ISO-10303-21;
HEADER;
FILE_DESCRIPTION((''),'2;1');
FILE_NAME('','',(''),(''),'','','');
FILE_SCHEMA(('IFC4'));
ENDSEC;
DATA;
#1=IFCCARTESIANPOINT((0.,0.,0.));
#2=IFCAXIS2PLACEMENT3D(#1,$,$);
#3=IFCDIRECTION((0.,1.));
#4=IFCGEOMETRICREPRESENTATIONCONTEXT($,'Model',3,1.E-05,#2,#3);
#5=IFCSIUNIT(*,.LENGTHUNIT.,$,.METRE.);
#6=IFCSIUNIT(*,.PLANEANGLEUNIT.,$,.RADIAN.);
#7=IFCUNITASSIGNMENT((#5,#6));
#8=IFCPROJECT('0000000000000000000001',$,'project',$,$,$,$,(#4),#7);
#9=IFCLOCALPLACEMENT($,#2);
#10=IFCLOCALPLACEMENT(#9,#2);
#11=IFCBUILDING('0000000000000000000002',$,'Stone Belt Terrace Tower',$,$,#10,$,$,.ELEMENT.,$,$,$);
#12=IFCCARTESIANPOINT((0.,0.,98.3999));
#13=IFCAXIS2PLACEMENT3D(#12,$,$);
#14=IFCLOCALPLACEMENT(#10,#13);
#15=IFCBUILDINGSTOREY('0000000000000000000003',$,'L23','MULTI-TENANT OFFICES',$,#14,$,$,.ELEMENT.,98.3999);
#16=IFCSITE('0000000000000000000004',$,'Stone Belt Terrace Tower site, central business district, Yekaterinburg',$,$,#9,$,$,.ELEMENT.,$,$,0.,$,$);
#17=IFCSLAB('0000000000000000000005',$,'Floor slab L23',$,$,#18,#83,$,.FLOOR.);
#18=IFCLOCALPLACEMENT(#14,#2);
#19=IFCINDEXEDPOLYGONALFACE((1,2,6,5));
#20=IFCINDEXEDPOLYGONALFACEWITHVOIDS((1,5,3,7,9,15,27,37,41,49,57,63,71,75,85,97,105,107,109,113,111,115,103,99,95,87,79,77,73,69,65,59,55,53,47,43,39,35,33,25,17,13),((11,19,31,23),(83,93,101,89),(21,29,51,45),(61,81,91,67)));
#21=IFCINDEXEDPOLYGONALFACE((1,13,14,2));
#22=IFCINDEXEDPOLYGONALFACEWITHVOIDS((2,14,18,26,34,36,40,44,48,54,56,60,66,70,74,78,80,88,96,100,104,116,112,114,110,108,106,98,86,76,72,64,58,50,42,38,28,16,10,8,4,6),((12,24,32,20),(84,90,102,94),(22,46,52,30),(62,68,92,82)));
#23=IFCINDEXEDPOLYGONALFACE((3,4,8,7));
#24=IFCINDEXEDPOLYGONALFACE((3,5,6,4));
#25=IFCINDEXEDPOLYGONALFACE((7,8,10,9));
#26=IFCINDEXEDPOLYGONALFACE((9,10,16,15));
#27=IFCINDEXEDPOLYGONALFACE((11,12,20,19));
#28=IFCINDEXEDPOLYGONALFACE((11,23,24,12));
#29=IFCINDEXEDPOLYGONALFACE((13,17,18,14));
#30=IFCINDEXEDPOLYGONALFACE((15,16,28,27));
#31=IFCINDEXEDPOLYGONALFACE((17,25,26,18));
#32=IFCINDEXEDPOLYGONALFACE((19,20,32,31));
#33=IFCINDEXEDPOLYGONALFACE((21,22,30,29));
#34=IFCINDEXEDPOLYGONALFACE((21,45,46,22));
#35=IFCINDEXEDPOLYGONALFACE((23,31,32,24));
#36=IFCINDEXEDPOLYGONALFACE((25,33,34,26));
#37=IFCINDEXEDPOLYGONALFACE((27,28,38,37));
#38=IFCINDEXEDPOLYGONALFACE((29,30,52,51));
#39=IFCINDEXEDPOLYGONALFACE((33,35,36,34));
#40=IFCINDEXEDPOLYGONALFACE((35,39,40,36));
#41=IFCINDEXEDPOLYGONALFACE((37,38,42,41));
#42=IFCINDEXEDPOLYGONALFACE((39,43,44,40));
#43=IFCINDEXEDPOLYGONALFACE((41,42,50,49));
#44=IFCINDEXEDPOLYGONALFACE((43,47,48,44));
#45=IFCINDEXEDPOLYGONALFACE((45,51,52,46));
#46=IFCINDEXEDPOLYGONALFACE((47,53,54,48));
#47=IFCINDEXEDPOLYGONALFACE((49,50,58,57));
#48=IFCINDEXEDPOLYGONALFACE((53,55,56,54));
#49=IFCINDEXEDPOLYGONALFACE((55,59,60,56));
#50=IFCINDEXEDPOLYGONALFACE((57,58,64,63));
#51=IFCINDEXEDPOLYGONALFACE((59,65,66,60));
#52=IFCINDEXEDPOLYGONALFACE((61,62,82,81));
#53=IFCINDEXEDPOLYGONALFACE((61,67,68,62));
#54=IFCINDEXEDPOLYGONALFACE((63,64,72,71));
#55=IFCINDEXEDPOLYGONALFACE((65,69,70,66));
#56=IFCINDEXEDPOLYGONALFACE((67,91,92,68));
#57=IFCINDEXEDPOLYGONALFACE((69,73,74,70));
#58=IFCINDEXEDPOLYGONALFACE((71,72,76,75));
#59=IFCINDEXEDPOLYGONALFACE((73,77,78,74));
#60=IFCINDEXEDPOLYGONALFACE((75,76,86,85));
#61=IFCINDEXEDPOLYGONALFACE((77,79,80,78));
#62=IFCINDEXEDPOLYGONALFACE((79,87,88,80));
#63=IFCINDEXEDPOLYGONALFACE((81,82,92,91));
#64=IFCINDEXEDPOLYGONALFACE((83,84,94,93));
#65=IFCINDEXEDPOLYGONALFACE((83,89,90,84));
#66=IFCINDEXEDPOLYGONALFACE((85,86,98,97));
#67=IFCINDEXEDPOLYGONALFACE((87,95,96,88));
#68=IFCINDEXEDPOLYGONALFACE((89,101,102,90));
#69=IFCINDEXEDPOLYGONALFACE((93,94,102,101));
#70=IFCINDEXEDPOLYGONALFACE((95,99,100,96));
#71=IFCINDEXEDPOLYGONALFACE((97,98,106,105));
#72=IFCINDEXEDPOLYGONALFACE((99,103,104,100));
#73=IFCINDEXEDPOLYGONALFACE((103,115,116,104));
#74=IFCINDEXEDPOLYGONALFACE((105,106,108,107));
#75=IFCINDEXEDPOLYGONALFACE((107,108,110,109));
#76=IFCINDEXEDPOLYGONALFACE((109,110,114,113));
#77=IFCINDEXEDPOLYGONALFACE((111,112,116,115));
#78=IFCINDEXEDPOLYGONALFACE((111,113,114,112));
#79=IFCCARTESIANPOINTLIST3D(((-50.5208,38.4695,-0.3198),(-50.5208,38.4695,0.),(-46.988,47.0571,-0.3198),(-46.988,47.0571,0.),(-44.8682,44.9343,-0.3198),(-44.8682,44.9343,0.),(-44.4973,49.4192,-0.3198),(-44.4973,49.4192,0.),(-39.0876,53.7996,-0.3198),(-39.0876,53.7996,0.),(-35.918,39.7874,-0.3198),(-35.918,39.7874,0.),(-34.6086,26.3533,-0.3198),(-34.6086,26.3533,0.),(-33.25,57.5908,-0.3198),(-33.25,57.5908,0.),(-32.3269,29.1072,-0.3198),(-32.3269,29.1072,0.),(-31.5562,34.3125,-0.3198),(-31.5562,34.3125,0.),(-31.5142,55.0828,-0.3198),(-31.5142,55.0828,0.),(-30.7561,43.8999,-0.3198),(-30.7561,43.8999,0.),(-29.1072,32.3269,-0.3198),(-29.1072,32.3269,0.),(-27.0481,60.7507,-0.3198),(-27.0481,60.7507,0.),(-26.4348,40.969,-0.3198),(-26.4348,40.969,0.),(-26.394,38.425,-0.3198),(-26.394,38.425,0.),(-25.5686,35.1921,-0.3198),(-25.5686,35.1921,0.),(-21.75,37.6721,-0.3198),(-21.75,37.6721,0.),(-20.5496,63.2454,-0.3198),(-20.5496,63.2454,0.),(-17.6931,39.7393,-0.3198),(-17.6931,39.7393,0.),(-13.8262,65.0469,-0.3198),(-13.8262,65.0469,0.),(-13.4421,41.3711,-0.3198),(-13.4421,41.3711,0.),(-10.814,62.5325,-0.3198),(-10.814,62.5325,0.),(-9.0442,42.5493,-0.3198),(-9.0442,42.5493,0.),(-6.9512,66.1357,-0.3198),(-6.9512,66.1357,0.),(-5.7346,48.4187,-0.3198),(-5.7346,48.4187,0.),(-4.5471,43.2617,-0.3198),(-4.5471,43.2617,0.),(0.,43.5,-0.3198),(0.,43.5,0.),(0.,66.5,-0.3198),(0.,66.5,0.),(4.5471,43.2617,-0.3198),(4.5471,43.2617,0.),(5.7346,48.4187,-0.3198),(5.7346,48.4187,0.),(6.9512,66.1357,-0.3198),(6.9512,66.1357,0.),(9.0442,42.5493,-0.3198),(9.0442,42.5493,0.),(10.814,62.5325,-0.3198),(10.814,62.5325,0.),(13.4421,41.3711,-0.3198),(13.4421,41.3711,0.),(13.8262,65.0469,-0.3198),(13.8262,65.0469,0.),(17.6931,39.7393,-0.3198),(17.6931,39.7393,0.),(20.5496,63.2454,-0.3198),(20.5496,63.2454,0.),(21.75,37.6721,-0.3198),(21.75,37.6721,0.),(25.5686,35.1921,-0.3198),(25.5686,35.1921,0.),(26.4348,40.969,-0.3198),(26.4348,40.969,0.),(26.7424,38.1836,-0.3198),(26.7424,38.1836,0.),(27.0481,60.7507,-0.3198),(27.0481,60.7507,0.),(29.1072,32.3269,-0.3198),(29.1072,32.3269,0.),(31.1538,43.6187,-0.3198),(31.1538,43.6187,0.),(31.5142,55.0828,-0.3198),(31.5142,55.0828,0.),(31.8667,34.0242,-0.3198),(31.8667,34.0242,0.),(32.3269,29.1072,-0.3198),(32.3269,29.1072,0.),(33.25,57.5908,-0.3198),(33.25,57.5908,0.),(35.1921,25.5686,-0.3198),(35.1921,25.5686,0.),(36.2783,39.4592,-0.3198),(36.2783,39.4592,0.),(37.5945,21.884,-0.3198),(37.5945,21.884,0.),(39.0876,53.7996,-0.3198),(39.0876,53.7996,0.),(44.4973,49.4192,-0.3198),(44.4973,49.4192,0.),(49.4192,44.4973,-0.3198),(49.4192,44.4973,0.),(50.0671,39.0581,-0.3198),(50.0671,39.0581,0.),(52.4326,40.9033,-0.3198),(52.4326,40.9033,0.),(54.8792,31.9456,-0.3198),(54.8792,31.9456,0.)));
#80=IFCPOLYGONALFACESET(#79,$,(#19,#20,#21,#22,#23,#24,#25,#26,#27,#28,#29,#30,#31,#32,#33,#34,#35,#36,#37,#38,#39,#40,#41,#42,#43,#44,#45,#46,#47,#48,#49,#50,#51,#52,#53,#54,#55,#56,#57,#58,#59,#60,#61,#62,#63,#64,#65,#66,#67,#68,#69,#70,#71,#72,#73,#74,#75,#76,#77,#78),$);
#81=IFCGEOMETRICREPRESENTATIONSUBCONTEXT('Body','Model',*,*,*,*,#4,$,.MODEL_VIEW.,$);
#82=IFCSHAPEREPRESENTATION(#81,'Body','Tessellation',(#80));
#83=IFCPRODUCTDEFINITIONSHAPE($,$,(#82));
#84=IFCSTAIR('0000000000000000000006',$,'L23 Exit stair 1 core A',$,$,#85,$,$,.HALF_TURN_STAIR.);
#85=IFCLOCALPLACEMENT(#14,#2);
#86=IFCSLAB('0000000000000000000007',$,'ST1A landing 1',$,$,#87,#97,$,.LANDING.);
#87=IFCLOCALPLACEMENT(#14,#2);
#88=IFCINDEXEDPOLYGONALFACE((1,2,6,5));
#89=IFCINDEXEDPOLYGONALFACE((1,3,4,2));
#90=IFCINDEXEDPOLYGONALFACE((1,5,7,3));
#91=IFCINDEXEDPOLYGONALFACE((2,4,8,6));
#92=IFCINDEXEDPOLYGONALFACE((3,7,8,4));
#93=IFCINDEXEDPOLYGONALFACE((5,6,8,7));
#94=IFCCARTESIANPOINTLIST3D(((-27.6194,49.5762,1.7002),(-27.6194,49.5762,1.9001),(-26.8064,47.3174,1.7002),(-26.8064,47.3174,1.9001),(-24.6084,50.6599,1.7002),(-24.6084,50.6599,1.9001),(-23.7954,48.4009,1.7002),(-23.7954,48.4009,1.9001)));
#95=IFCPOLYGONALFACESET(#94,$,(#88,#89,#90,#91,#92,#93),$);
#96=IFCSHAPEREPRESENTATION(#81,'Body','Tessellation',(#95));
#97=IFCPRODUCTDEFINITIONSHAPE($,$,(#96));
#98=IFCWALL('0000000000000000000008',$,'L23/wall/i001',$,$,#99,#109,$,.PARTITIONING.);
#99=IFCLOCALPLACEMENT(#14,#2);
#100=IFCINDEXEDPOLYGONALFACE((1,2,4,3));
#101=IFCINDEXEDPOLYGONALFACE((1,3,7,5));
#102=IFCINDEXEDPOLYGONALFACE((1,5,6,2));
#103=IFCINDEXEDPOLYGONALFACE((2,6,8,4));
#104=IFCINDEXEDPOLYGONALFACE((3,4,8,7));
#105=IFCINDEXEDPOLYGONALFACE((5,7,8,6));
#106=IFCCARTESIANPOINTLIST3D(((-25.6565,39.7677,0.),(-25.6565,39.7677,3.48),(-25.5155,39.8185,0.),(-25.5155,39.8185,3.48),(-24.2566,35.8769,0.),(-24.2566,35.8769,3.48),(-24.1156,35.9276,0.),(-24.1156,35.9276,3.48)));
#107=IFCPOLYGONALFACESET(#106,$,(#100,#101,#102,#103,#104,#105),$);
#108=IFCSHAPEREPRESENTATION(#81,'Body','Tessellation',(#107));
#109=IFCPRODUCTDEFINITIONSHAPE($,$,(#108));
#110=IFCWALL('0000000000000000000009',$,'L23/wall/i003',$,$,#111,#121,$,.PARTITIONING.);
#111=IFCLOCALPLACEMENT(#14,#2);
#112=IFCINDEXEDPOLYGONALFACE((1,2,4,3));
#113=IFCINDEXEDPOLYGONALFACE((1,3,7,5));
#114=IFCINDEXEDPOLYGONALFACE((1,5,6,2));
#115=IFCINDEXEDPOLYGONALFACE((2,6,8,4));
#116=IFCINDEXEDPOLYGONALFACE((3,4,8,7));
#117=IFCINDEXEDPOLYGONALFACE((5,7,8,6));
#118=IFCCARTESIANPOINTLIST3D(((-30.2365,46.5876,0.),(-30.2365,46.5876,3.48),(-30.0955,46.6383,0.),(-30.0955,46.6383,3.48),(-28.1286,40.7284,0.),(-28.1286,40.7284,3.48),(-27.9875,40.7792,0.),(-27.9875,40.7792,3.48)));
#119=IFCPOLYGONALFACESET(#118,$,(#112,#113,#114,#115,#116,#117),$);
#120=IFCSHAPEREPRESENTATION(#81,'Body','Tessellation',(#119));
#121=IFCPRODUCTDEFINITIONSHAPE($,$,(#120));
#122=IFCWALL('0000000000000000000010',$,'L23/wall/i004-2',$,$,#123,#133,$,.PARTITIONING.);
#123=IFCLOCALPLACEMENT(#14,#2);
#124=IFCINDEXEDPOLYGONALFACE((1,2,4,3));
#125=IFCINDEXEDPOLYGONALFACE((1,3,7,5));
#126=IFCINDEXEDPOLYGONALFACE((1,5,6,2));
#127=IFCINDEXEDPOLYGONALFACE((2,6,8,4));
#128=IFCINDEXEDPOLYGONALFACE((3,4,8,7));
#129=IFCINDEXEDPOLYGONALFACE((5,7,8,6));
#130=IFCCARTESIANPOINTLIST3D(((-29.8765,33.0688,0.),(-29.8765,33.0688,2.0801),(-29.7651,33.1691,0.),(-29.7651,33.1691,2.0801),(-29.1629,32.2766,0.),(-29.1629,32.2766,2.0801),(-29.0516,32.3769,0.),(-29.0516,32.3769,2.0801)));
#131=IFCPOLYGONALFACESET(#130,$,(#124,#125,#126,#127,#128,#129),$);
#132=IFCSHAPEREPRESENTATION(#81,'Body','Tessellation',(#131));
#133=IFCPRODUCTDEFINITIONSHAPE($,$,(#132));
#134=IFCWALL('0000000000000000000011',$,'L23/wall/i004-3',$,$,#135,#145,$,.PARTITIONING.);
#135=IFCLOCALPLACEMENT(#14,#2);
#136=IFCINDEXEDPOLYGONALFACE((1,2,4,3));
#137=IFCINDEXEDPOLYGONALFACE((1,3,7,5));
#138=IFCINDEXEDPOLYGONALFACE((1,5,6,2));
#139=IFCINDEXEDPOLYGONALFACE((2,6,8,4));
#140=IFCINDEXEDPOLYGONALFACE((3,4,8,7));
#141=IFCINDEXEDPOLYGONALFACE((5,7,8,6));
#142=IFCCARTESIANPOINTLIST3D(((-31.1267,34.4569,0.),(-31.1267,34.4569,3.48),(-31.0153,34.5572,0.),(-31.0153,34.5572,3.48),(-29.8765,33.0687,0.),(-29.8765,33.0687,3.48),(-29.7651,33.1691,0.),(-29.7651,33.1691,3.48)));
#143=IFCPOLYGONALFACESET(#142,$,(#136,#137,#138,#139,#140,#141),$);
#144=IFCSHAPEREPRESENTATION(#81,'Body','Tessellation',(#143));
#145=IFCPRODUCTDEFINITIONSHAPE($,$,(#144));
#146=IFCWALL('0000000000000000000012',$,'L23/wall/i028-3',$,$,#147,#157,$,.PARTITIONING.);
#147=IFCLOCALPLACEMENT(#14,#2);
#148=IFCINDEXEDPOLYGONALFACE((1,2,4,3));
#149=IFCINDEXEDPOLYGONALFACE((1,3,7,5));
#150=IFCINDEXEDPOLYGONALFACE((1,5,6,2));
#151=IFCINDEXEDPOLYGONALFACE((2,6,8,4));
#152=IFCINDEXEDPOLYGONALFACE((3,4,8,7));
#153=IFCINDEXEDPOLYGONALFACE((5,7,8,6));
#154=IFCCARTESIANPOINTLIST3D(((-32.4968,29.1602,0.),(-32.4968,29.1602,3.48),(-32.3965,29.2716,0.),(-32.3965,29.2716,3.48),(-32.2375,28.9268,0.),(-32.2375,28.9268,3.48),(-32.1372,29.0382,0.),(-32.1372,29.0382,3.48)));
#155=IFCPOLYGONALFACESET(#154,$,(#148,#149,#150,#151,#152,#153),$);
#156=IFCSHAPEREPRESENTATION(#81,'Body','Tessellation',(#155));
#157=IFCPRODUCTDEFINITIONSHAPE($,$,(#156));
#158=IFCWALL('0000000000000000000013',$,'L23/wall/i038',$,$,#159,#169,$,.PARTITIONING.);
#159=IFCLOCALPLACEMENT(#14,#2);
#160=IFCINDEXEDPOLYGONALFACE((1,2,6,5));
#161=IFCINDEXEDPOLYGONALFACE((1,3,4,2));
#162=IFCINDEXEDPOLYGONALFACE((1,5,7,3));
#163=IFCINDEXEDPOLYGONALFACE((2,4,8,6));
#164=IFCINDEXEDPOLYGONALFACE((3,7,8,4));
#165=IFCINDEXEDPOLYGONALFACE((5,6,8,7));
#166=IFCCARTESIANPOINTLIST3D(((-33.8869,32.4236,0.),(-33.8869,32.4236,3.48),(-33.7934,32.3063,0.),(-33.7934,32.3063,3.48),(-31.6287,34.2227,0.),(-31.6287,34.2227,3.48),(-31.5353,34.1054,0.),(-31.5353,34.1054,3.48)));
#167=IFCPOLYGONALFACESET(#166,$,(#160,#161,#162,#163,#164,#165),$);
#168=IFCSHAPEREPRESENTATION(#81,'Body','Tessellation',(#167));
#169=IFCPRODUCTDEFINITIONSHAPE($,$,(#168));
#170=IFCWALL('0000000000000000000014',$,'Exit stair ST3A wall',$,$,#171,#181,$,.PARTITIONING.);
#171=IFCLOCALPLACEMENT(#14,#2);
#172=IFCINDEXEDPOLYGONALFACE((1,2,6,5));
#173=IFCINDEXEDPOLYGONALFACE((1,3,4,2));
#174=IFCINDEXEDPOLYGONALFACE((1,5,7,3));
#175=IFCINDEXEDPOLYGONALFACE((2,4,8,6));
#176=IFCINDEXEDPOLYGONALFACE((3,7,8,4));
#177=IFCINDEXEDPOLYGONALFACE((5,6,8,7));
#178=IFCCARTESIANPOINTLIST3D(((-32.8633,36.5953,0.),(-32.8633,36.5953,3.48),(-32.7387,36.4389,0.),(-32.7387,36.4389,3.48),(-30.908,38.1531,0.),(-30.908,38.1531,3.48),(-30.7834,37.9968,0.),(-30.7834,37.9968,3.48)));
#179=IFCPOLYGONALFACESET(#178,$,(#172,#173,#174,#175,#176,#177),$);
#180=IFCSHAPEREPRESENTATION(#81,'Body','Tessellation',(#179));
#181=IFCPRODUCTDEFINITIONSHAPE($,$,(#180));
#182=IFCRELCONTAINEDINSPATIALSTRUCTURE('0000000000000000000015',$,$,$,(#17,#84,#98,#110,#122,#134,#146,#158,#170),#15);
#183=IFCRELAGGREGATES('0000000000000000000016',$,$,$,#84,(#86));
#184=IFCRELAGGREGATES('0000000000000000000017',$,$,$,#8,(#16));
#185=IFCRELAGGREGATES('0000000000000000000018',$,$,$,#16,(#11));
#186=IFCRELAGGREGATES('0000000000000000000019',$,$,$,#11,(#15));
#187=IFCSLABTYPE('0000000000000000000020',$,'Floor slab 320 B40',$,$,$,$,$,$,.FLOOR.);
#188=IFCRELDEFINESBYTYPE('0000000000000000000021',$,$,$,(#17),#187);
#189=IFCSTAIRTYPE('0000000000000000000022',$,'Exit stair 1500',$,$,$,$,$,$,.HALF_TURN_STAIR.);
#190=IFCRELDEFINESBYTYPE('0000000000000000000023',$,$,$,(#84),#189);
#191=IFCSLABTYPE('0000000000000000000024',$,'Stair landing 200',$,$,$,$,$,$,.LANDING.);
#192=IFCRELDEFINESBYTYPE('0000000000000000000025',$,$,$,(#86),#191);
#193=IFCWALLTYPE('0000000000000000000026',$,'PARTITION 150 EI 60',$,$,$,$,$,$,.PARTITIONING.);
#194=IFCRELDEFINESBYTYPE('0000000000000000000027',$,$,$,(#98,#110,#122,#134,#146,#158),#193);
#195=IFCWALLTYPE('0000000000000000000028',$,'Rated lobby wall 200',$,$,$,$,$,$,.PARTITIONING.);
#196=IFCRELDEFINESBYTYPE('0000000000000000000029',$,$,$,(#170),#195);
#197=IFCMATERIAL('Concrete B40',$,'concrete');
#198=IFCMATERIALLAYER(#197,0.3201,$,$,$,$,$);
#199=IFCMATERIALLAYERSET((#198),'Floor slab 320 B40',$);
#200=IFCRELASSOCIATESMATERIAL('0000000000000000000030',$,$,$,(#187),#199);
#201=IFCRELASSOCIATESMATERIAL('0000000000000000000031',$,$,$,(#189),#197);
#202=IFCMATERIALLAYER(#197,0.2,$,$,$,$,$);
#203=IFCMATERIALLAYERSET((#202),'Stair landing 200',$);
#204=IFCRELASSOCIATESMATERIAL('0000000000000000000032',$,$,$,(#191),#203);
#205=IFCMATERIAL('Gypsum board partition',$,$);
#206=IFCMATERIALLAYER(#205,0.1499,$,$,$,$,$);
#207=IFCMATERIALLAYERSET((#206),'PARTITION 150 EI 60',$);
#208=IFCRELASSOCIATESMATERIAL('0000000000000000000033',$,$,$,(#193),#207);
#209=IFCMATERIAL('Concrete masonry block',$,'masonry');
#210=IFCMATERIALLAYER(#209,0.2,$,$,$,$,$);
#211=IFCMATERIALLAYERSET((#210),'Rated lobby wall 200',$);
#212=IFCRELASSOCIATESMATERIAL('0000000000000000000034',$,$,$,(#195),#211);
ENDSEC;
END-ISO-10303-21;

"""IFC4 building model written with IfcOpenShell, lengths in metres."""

from ifc_helpers import new_model, si_unit, direction, frame, frame_2d, origin, place, context, subcontext, project, spatial, polyline, rectangle, outline, extrude, material, layer, layer_set, type_object, element, aggregate, save


model = new_model("IFC4")

# Units and contexts
model_context = context("Model", 3, precision=1e-05, world=origin(), true_north=direction((0.0, 1.0)))
body_context = subcontext(model_context, "Body", "Model", "MODEL_VIEW")
ifc_project = project(units=[si_unit("LENGTHUNIT", "METRE"), si_unit("PLANEANGLEUNIT", "RADIAN")], contexts=[model_context])

# Site, building, storey
site_placement = place(None, origin())
site = spatial("IfcSite", under=ifc_project, at=site_placement, Name="Stone Belt Terrace Tower site, central business district, Yekaterinburg", CompositionType="ELEMENT", RefElevation=0.0)
building_placement = place(site_placement, origin())
building = spatial("IfcBuilding", under=site, at=building_placement, Name="Stone Belt Terrace Tower", CompositionType="ELEMENT")
storey_placement = place(building_placement, frame((0.0, 0.0, 98.3999)))
storey = spatial("IfcBuildingStorey", under=building, at=storey_placement, Name="L23", Description="MULTI-TENANT OFFICES", CompositionType="ELEMENT", Elevation=98.3999)

# Slab
ifc_material_1 = material(Name="Concrete B40", Category="concrete")
ifc_layer_1 = layer(ifc_material_1, 0.3201)
ifc_layer_set_1 = layer_set([ifc_layer_1], Name="Floor slab 320 B40")
slab_type_1 = type_object("IfcSlabType", Name="Floor slab 320 B40", PredefinedType="FLOOR", material=ifc_layer_set_1)
slab_1_placement = place(storey_placement, frame((0.0, 0.0, -0.3198)))
element("IfcSlab", 1, at=slab_1_placement, inside=storey, type_object=slab_type_1, Name="Floor slab L23", PredefinedType="FLOOR", context=body_context, shape_type="SweptSolid", body=[
    extrude(outline(polyline([(-44.4973, 49.4192), (-39.0876, 53.7996), (-33.25, 57.5908), (-27.0481, 60.7507), (-20.5496, 63.2454), (-13.8262, 65.0469), (-6.9512, 66.1357), (0.0, 66.5), (6.9512, 66.1357), (13.8262, 65.0469), (20.5496, 63.2454), (27.0481, 60.7507), (33.25, 57.5908), (39.0876, 53.7996), (44.4973, 49.4192), (49.4192, 44.4973), (52.4326, 40.9033), (50.0671, 39.0581), (54.8792, 31.9456), (37.5945, 21.884), (35.1921, 25.5686), (32.3269, 29.1072), (29.1072, 32.3269), (25.5686, 35.1921), (21.75, 37.6721), (17.6931, 39.7393), (13.4421, 41.3711), (9.0442, 42.5493), (4.5471, 43.2617), (0.0, 43.5), (-4.5471, 43.2617), (-9.0442, 42.5493), (-13.4421, 41.3711), (-17.6931, 39.7393), (-21.75, 37.6721), (-25.5686, 35.1921), (-29.1072, 32.3269), (-32.3269, 29.1072), (-34.6086, 26.3533), (-50.5208, 38.4695), (-44.8682, 44.9343), (-46.988, 47.0571), (-44.4973, 49.4192)]), holes=[polyline([(-26.4348, 40.969), (-5.7346, 48.4187), (-10.814, 62.5325), (-31.5142, 55.0828), (-26.4348, 40.969)]), polyline([(10.814, 62.5325), (5.7346, 48.4187), (26.4348, 40.969), (31.5142, 55.0828), (10.814, 62.5325)]), polyline([(-35.918, 39.7874), (-31.5562, 34.3125), (-26.394, 38.425), (-30.7561, 43.8999), (-35.918, 39.7874)]), polyline([(36.2783, 39.4592), (31.1538, 43.6187), (26.7424, 38.1836), (31.8667, 34.0242), (36.2783, 39.4592)])]), origin(), (0.0, 0.0, 1.0), 0.3198),
])

# Stair, slab
stair_type = type_object("IfcStairType", Name="Exit stair 1500", PredefinedType="HALF_TURN_STAIR", material=ifc_material_1)
stair_1_placement = place(storey_placement, origin())
stair_1 = element("IfcStair", 2, at=stair_1_placement, inside=storey, type_object=stair_type, Name="L23 Exit stair 1 core A", PredefinedType="HALF_TURN_STAIR")
ifc_layer_2 = layer(ifc_material_1, 0.2)
ifc_layer_set_2 = layer_set([ifc_layer_2], Name="Stair landing 200")
slab_type_2 = type_object("IfcSlabType", Name="Stair landing 200", PredefinedType="LANDING", material=ifc_layer_set_2)
slab_2_placement = place(storey_placement, frame((0.0, 0.0, 1.7002)))
slab_2 = element("IfcSlab", 3, at=slab_2_placement, type_object=slab_type_2, Name="ST1A landing 1", PredefinedType="LANDING", context=body_context, shape_type="SweptSolid", body=[
    extrude(outline(polyline([(-23.7954, 48.4009), (-24.6084, 50.6599), (-27.6194, 49.5762), (-26.8064, 47.3174), (-23.7954, 48.4009)])), origin(), (0.0, 0.0, 1.0), 0.2),
])
aggregate(stair_1, [slab_2])

# Walls
ifc_material_2 = material(Name="Gypsum board partition")
ifc_layer_3 = layer(ifc_material_2, 0.1499)
ifc_layer_set_3 = layer_set([ifc_layer_3], Name="PARTITION 150 EI 60")
wall_type_1 = type_object("IfcWallType", Name="PARTITION 150 EI 60", PredefinedType="PARTITIONING", material=ifc_layer_set_3)
wall_1_placement = place(storey_placement, frame((-25.5859, 39.793, 0.0), z_axis=(0.0, 0.0, 1.0), x_axis=(0.338546, -0.94095, 0.0)))
element("IfcWall", 4, at=wall_1_placement, inside=storey, type_object=wall_type_1, Name="L23/wall/i001", PredefinedType="PARTITIONING", context=body_context, shape_type="SweptSolid", body=[
    extrude(rectangle(XDim=4.135, YDim=0.1499, at=frame_2d((2.0674, 0.0))), origin(), (0.0, 0.0, 1.0), 3.48),
])
wall_2_placement = place(storey_placement, frame((-28.0581, 40.7539, 0.0), z_axis=(0.0, 0.0, 1.0), x_axis=(-0.338524, 0.940958, 0.0)))
element("IfcWall", 5, at=wall_2_placement, inside=storey, type_object=wall_type_1, Name="L23/wall/i003", PredefinedType="PARTITIONING", context=body_context, shape_type="SweptSolid", body=[
    extrude(rectangle(XDim=6.2268, YDim=0.1499, at=frame_2d((3.1133, 0.0))), origin(), (0.0, 0.0, 1.0), 3.48),
])
wall_3_placement = place(storey_placement, frame((-29.1072, 32.3267, 0.0), z_axis=(0.0, 0.0, 1.0), x_axis=(-0.669281, 0.743009, 0.0)))
element("IfcWall", 6, at=wall_3_placement, inside=storey, type_object=wall_type_1, Name="L23/wall/i004-2", PredefinedType="PARTITIONING", context=body_context, shape_type="SweptSolid", body=[
    extrude(rectangle(XDim=1.0662, YDim=0.1499, at=frame_2d((0.5332, 0.0))), origin(), (0.0, 0.0, 1.0), 2.0801),
])
wall_4_placement = place(storey_placement, frame((-29.8208, 33.1189, 0.0), z_axis=(0.0, 0.0, 1.0), x_axis=(-0.669225, 0.74306, 0.0)))
element("IfcWall", 7, at=wall_4_placement, inside=storey, type_object=wall_type_1, Name="L23/wall/i004-3", PredefinedType="PARTITIONING", context=body_context, shape_type="SweptSolid", body=[
    extrude(rectangle(XDim=1.8682, YDim=0.1499, at=frame_2d((0.9341, 0.0))), origin(), (0.0, 0.0, 1.0), 3.48),
])
wall_5_placement = place(storey_placement, frame((-32.4465, 29.2158, 0.0), z_axis=(0.0, 0.0, 1.0), x_axis=(0.743225, -0.669042, 0.0)))
element("IfcWall", 8, at=wall_5_placement, inside=storey, type_object=wall_type_1, Name="L23/wall/i028-3", PredefinedType="PARTITIONING", context=body_context, shape_type="SweptSolid", body=[
    extrude(rectangle(XDim=0.3489, YDim=0.1499, at=frame_2d((0.1743, 0.0))), origin(), (0.0, 0.0, 1.0), 3.48),
])
wall_6_placement = place(storey_placement, frame((-31.582, 34.1641, 0.0), z_axis=(0.0, 0.0, 1.0), x_axis=(-0.782113, -0.623137, 0.0)))
element("IfcWall", 9, at=wall_6_placement, inside=storey, type_object=wall_type_1, Name="L23/wall/i038", PredefinedType="PARTITIONING", context=body_context, shape_type="SweptSolid", body=[
    extrude(rectangle(XDim=2.8872, YDim=0.1499, at=frame_2d((1.4436, 0.0))), origin(), (0.0, 0.0, 1.0), 3.48),
])
ifc_material_3 = material(Name="Concrete masonry block", Category="masonry")
ifc_layer_4 = layer(ifc_material_3, 0.2)
ifc_layer_set_4 = layer_set([ifc_layer_4], Name="Rated lobby wall 200")
wall_type_2 = type_object("IfcWallType", Name="Rated lobby wall 200", PredefinedType="PARTITIONING", material=ifc_layer_set_4)
wall_7_placement = place(storey_placement, frame((-30.8457, 38.075, 0.0), z_axis=(0.0, 0.0, 1.0), x_axis=(-0.782115, -0.623134, 0.0)))
element("IfcWall", 10, at=wall_7_placement, inside=storey, type_object=wall_type_2, Name="Exit stair ST3A wall", PredefinedType="PARTITIONING", context=body_context, shape_type="SweptSolid", body=[
    extrude(rectangle(XDim=2.5, YDim=0.2, at=frame_2d((1.25, 0.0))), origin(), (0.0, 0.0, 1.0), 3.48),
])

save(model, "model.ifc")
